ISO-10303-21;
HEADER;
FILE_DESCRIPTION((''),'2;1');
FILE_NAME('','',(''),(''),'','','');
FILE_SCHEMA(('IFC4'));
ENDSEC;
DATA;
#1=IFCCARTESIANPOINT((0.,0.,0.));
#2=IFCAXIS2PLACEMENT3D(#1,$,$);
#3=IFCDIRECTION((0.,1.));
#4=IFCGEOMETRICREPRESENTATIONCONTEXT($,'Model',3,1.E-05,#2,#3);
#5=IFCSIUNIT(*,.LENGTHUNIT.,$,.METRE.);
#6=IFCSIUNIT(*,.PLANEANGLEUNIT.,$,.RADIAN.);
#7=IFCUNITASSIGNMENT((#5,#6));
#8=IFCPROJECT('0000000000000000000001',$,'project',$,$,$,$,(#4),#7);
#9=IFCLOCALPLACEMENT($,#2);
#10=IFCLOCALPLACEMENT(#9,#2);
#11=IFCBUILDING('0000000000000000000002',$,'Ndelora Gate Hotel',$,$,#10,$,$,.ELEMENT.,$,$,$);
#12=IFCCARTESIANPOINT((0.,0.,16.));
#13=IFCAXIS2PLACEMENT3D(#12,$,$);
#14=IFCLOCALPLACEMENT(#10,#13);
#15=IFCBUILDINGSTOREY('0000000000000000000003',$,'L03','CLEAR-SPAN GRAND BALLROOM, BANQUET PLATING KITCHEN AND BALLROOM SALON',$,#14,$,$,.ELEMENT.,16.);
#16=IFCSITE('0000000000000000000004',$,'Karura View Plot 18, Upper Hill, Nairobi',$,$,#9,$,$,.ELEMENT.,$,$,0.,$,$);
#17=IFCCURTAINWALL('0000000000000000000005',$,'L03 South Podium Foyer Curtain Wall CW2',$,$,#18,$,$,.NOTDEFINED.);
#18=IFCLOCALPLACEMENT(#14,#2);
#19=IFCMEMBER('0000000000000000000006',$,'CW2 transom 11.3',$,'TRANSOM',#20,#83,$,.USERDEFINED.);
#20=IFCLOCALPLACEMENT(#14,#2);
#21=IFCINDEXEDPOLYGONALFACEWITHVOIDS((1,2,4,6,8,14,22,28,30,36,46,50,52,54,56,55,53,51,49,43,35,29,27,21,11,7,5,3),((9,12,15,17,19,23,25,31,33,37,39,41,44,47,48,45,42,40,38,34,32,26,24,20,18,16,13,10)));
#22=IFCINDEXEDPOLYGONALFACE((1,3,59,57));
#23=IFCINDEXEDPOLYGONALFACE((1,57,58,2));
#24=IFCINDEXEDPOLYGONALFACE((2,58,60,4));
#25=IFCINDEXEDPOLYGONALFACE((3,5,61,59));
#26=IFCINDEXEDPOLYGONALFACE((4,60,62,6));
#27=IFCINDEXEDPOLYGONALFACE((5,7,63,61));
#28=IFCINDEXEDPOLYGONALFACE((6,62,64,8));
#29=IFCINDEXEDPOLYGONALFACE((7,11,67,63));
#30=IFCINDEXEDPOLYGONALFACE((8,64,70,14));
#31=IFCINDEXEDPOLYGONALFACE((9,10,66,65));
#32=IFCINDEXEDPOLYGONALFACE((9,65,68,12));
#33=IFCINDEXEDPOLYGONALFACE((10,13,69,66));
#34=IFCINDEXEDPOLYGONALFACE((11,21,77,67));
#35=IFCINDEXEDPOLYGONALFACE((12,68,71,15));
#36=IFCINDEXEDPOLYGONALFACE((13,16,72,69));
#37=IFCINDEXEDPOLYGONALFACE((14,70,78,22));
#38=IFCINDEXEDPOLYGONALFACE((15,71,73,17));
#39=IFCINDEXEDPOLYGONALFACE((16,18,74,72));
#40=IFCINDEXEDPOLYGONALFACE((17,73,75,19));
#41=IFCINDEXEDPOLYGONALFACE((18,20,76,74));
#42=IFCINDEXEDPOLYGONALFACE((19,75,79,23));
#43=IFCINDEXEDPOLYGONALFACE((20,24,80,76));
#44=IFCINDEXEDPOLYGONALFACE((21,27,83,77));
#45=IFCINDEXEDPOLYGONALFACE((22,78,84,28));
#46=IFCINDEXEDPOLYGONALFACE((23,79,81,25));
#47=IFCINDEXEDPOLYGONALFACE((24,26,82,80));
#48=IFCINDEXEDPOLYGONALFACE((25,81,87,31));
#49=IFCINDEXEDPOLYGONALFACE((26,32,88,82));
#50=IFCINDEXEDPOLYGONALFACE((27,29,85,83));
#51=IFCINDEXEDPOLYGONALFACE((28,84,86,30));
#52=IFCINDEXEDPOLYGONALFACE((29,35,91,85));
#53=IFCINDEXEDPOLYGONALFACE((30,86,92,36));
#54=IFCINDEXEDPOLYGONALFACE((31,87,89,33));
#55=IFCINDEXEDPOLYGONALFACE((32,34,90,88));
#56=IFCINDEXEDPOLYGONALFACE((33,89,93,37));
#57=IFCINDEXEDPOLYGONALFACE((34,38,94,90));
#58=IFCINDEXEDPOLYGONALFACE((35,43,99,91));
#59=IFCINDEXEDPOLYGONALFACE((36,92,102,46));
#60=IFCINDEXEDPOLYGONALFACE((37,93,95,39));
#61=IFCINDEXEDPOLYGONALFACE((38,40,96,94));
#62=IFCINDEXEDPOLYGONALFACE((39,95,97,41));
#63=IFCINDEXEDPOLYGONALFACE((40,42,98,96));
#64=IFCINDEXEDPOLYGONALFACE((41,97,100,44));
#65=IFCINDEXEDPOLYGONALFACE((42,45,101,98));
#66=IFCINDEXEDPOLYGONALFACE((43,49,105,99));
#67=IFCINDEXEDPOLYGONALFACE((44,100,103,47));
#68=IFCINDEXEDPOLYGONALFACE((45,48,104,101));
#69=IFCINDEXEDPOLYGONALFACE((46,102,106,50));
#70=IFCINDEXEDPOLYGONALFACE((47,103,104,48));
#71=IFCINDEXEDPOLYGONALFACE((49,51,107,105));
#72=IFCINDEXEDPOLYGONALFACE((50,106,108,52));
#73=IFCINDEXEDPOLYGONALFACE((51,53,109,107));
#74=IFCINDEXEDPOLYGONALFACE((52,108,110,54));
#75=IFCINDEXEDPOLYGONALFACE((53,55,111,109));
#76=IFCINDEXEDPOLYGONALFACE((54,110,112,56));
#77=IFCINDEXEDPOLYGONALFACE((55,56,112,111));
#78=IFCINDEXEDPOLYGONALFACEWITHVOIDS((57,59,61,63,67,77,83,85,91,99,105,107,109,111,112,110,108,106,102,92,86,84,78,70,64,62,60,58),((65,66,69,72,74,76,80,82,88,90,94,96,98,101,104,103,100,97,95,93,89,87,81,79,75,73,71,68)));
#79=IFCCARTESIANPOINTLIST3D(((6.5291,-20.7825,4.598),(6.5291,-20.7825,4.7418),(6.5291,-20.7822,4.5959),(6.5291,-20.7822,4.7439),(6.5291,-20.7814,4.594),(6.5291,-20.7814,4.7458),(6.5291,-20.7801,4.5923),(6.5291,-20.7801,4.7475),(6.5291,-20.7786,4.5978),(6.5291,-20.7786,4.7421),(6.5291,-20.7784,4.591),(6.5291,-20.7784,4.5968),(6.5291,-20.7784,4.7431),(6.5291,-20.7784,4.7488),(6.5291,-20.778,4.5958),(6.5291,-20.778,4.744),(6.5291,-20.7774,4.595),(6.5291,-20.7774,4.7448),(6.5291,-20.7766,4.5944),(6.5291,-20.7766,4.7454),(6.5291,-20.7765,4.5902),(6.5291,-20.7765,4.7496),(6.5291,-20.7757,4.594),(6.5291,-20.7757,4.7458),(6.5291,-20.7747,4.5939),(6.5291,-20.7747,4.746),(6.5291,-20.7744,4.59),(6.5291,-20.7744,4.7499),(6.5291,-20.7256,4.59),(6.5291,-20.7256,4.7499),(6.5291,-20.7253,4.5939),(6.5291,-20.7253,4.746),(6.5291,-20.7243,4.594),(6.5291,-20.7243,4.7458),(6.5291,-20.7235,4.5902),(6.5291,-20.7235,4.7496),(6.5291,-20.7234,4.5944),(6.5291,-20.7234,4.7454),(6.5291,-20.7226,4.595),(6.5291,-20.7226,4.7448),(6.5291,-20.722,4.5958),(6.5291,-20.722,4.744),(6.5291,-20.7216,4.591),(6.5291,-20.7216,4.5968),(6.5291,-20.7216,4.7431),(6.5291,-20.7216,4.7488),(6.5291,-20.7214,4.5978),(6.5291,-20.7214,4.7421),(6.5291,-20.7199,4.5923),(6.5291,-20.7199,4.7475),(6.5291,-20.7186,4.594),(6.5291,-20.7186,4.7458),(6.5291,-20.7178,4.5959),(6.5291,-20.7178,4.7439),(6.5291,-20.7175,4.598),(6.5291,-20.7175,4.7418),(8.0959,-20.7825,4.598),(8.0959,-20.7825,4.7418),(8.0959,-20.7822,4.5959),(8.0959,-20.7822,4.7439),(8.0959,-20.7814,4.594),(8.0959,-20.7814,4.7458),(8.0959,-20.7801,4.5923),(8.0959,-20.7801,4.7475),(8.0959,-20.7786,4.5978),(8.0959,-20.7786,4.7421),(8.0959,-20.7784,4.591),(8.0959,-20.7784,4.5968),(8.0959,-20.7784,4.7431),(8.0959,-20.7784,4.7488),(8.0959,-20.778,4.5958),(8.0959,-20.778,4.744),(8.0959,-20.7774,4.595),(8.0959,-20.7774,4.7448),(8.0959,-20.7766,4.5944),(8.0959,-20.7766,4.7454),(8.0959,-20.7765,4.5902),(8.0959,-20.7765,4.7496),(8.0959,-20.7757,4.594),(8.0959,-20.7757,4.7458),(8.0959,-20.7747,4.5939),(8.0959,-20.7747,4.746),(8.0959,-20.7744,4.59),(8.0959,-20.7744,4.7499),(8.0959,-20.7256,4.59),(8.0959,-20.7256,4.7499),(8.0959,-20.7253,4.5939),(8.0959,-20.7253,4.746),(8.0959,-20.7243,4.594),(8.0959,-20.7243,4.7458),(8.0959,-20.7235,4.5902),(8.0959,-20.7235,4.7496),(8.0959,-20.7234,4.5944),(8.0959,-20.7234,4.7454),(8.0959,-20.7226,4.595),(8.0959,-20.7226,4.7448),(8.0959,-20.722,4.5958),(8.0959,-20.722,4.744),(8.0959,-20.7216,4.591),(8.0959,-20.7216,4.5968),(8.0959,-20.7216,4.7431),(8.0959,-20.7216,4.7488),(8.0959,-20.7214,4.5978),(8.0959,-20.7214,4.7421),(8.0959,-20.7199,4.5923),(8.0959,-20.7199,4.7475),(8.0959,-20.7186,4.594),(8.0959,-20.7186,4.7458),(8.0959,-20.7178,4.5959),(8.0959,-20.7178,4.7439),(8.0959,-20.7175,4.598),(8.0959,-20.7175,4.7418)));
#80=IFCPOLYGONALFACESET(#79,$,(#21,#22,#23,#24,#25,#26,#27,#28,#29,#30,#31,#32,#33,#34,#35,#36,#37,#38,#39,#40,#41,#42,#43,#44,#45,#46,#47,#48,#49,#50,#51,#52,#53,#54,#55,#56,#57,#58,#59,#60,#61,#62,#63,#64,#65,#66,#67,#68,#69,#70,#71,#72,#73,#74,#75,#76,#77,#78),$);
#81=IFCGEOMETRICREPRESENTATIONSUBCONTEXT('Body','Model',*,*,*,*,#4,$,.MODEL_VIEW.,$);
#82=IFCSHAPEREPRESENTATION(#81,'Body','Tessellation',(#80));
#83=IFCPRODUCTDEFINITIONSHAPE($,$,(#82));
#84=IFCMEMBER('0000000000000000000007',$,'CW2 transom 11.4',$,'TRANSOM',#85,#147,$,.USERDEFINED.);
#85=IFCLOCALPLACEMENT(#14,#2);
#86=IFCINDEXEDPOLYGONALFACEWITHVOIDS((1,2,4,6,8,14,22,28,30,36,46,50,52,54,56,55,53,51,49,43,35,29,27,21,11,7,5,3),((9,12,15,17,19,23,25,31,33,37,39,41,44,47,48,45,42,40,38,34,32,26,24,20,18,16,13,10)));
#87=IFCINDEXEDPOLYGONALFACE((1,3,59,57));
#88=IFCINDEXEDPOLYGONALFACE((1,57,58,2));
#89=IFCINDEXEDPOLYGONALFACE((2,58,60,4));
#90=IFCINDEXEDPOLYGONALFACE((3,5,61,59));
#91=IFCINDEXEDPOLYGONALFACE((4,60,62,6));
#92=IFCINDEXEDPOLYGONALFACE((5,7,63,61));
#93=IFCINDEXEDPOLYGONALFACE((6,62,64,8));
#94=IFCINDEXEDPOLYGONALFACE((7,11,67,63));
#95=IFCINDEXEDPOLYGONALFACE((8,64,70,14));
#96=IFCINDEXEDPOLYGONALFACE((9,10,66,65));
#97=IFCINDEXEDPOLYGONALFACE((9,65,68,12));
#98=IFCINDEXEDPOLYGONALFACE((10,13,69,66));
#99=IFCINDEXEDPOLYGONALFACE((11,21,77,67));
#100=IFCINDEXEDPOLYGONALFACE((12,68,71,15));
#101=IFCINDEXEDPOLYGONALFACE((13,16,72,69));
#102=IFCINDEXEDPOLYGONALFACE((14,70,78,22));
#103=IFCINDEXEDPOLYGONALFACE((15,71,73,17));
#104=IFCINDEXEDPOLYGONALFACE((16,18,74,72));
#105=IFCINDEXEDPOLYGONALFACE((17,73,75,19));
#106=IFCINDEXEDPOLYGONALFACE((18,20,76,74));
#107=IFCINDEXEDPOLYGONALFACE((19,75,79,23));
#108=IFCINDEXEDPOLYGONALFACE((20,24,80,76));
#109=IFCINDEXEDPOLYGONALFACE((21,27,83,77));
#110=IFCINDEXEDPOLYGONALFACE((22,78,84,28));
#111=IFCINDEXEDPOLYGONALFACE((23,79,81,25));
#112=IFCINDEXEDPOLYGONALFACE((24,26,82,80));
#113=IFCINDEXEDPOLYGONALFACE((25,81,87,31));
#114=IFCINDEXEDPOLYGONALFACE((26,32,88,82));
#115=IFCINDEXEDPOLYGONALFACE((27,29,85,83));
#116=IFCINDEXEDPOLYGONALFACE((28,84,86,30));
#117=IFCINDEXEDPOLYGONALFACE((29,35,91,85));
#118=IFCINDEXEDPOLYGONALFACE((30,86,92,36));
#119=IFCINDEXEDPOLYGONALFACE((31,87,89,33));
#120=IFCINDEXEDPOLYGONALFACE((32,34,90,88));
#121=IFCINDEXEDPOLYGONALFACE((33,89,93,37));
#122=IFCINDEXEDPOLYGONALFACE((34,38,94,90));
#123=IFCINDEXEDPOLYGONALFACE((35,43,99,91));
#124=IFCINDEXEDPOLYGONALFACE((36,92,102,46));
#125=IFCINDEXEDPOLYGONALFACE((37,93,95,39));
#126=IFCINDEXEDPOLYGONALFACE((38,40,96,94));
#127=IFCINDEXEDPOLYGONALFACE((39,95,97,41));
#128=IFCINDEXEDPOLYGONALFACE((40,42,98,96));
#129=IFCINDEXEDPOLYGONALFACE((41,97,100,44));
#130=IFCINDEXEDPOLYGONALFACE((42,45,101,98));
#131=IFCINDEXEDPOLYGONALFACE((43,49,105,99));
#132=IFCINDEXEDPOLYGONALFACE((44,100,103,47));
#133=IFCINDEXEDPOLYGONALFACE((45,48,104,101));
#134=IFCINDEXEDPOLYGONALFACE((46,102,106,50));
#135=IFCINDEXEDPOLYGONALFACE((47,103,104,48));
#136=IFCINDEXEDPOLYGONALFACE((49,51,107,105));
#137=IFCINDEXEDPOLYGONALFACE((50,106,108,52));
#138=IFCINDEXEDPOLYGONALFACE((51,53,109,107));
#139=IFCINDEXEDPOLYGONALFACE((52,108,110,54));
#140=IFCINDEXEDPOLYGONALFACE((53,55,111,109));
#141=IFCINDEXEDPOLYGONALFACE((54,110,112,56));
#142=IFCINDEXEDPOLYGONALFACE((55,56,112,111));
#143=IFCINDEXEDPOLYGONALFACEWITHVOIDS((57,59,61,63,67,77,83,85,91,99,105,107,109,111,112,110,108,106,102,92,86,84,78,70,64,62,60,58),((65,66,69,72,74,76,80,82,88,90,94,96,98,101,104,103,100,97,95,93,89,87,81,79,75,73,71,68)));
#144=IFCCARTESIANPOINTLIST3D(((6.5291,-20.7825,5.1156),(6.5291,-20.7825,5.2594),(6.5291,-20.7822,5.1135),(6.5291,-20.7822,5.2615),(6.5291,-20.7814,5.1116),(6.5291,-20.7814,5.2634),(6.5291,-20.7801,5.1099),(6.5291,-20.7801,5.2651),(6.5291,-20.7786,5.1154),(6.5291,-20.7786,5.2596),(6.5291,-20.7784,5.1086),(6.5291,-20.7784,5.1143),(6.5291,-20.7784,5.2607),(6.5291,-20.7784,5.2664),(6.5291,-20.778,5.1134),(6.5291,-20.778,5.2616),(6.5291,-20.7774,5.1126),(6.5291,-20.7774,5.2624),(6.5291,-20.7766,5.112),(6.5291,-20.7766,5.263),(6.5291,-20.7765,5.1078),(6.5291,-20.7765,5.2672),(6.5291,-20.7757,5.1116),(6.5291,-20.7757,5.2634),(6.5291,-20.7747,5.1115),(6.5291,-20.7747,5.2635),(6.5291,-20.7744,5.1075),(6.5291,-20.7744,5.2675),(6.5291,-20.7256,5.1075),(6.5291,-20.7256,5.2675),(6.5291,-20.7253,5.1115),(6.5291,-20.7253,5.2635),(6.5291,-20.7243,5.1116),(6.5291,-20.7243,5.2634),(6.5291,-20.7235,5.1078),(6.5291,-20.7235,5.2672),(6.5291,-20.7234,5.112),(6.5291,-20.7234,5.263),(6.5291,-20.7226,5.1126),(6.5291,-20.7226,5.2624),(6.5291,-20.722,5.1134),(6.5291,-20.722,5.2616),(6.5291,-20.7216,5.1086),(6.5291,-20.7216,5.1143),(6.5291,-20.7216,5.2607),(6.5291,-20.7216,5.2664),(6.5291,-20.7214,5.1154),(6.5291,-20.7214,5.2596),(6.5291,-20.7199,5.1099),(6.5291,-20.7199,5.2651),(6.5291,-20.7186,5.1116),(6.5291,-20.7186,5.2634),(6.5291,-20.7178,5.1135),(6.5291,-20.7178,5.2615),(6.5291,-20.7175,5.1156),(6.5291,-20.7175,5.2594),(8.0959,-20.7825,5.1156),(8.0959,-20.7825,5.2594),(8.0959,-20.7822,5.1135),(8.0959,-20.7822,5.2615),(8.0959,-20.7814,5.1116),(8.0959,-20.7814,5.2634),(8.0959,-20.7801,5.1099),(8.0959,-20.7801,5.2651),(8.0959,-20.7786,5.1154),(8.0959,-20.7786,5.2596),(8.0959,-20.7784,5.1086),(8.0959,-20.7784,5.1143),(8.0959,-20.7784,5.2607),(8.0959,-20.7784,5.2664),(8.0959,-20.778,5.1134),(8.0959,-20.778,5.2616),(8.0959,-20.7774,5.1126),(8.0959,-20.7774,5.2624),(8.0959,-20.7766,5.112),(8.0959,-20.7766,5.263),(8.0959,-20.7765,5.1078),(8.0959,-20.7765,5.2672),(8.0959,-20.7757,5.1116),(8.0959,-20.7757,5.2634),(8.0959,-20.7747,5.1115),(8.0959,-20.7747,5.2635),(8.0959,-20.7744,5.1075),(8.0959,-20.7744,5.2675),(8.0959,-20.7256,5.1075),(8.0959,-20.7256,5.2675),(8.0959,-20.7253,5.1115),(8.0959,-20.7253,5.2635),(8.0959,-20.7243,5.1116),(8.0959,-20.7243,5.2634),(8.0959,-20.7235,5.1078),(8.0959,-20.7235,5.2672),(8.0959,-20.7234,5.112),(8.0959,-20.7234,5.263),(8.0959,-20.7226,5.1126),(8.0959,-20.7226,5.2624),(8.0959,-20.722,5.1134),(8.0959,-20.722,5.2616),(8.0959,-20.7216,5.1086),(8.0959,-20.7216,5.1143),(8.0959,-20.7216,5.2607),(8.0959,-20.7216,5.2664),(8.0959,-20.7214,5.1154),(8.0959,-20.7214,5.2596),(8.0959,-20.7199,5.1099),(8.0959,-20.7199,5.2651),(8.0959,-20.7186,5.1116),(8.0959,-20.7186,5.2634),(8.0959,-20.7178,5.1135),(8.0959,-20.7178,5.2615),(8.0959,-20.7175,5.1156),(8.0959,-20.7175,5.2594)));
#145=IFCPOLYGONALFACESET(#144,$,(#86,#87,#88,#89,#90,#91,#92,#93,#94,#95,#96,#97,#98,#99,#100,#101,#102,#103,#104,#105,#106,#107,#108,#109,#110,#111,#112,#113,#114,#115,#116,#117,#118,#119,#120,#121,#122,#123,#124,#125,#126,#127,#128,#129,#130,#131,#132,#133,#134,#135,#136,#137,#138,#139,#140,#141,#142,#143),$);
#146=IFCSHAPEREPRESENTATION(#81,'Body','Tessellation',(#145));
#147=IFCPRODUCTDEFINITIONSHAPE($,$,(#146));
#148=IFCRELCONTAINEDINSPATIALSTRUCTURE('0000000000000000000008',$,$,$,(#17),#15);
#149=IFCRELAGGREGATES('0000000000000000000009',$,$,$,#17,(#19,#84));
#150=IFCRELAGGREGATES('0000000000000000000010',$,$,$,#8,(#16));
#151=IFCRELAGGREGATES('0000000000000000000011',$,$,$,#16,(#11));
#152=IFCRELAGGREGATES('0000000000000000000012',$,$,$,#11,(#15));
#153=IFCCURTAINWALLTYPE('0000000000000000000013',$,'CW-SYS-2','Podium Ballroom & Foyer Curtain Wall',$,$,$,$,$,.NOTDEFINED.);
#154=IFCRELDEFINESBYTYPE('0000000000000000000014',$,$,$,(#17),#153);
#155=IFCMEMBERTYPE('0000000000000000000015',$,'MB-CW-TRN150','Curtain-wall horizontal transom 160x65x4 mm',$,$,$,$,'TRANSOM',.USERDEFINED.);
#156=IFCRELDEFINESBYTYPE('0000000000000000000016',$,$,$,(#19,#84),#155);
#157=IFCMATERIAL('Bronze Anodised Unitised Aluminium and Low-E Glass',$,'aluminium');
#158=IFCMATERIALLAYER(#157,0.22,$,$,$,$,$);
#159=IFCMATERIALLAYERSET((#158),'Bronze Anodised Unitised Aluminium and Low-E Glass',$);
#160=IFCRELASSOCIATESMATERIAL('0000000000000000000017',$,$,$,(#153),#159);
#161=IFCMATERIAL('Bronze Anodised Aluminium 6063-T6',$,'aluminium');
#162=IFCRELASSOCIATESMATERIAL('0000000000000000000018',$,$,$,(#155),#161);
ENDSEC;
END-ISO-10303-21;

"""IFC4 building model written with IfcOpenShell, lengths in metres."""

from ifc_helpers import new_model, si_unit, direction, frame, origin, origin_2d, place, context, subcontext, project, spatial, hollow_rectangle, extrude, material, layer, layer_set, material_profile, profile_set, type_object, element, aggregate, save


model = new_model("IFC4")

# Units and contexts
model_context = context("Model", 3, precision=1e-05, world=origin(), true_north=direction((0.0, 1.0)))
body_context = subcontext(model_context, "Body", "Model", "MODEL_VIEW")
ifc_project = project(units=[si_unit("LENGTHUNIT", "METRE"), si_unit("PLANEANGLEUNIT", "RADIAN")], contexts=[model_context])

# Site, building, storey
site_placement = place(None, origin())
site = spatial("IfcSite", under=ifc_project, at=site_placement, Name="Karura View Plot 18, Upper Hill, Nairobi", CompositionType="ELEMENT", RefElevation=0.0)
building_placement = place(site_placement, origin())
building = spatial("IfcBuilding", under=site, at=building_placement, Name="Ndelora Gate Hotel", CompositionType="ELEMENT")
storey_placement = place(building_placement, frame((0.0, 0.0, 16.0)))
storey = spatial("IfcBuildingStorey", under=building, at=storey_placement, Name="L03", Description="CLEAR-SPAN GRAND BALLROOM, BANQUET PLATING KITCHEN AND BALLROOM SALON", CompositionType="ELEMENT", Elevation=16.0)

# Curtain wall, members
ifc_material_1 = material(Name="Bronze Anodised Unitised Aluminium and Low-E Glass", Category="aluminium")
ifc_layer_1 = layer(ifc_material_1, 0.22)
ifc_layer_set_1 = layer_set([ifc_layer_1], Name="Bronze Anodised Unitised Aluminium and Low-E Glass")
curtain_wall_type = type_object("IfcCurtainWallType", Name="CW-SYS-2", Description="Podium Ballroom & Foyer Curtain Wall", PredefinedType="NOTDEFINED", material=ifc_layer_set_1)
curtain_wall_placement = place(storey_placement, origin())
curtain_wall = element("IfcCurtainWall", 1, at=curtain_wall_placement, inside=storey, type_object=curtain_wall_type, Name="L03 South Podium Foyer Curtain Wall CW2", PredefinedType="NOTDEFINED")
ifc_material_2 = material(Name="Bronze Anodised Aluminium 6063-T6", Category="aluminium")
ifc_material_profile_1 = material_profile(ifc_material_2, hollow_rectangle(XDim=0.0649, YDim=0.1599, WallThickness=0.0039, InnerFilletRadius=0.0039, OuterFilletRadius=0.0081, at=origin_2d()), Name="ALU 160x65x4")
ifc_profile_set_1 = profile_set([ifc_material_profile_1], Name="Bronze Anodised Aluminium 6063-T6")
member_type_1 = type_object("IfcMemberType", Name="MB-CW-TRN150", Description="Curtain-wall horizontal transom 160x65x4 mm", ElementType="TRANSOM", PredefinedType="USERDEFINED", material=ifc_profile_set_1)
member_1_placement = place(storey_placement, frame((6.5291, -20.75, 4.6699), z_axis=(1.0, 0.0, 0.0), x_axis=(0.0, 1.0, 0.0)))
member_1 = element("IfcMember", 2, at=member_1_placement, type_object=member_type_1, Name="CW2 transom 11.3", ObjectType="TRANSOM", PredefinedType="USERDEFINED", context=body_context, shape_type="SweptSolid", body=[
    extrude(hollow_rectangle(XDim=0.0649, YDim=0.1599, WallThickness=0.0039, InnerFilletRadius=0.0039, OuterFilletRadius=0.0081, at=origin_2d()), origin(), (0.0, 0.0, 1.0), 1.5669),
])
member_2_placement = place(storey_placement, frame((6.5291, -20.75, 5.1875), z_axis=(1.0, 0.0, 0.0), x_axis=(0.0, 1.0, 0.0)))
member_2 = element("IfcMember", 3, at=member_2_placement, type_object=member_type_1, Name="CW2 transom 11.4", ObjectType="TRANSOM", PredefinedType="USERDEFINED", context=body_context, shape_type="SweptSolid", body=[
    extrude(hollow_rectangle(XDim=0.0649, YDim=0.1599, WallThickness=0.0039, InnerFilletRadius=0.0039, OuterFilletRadius=0.0081, at=origin_2d()), origin(), (0.0, 0.0, 1.0), 1.5669),
])

aggregate(curtain_wall, [member_1, member_2])

save(model, "model.ifc")
